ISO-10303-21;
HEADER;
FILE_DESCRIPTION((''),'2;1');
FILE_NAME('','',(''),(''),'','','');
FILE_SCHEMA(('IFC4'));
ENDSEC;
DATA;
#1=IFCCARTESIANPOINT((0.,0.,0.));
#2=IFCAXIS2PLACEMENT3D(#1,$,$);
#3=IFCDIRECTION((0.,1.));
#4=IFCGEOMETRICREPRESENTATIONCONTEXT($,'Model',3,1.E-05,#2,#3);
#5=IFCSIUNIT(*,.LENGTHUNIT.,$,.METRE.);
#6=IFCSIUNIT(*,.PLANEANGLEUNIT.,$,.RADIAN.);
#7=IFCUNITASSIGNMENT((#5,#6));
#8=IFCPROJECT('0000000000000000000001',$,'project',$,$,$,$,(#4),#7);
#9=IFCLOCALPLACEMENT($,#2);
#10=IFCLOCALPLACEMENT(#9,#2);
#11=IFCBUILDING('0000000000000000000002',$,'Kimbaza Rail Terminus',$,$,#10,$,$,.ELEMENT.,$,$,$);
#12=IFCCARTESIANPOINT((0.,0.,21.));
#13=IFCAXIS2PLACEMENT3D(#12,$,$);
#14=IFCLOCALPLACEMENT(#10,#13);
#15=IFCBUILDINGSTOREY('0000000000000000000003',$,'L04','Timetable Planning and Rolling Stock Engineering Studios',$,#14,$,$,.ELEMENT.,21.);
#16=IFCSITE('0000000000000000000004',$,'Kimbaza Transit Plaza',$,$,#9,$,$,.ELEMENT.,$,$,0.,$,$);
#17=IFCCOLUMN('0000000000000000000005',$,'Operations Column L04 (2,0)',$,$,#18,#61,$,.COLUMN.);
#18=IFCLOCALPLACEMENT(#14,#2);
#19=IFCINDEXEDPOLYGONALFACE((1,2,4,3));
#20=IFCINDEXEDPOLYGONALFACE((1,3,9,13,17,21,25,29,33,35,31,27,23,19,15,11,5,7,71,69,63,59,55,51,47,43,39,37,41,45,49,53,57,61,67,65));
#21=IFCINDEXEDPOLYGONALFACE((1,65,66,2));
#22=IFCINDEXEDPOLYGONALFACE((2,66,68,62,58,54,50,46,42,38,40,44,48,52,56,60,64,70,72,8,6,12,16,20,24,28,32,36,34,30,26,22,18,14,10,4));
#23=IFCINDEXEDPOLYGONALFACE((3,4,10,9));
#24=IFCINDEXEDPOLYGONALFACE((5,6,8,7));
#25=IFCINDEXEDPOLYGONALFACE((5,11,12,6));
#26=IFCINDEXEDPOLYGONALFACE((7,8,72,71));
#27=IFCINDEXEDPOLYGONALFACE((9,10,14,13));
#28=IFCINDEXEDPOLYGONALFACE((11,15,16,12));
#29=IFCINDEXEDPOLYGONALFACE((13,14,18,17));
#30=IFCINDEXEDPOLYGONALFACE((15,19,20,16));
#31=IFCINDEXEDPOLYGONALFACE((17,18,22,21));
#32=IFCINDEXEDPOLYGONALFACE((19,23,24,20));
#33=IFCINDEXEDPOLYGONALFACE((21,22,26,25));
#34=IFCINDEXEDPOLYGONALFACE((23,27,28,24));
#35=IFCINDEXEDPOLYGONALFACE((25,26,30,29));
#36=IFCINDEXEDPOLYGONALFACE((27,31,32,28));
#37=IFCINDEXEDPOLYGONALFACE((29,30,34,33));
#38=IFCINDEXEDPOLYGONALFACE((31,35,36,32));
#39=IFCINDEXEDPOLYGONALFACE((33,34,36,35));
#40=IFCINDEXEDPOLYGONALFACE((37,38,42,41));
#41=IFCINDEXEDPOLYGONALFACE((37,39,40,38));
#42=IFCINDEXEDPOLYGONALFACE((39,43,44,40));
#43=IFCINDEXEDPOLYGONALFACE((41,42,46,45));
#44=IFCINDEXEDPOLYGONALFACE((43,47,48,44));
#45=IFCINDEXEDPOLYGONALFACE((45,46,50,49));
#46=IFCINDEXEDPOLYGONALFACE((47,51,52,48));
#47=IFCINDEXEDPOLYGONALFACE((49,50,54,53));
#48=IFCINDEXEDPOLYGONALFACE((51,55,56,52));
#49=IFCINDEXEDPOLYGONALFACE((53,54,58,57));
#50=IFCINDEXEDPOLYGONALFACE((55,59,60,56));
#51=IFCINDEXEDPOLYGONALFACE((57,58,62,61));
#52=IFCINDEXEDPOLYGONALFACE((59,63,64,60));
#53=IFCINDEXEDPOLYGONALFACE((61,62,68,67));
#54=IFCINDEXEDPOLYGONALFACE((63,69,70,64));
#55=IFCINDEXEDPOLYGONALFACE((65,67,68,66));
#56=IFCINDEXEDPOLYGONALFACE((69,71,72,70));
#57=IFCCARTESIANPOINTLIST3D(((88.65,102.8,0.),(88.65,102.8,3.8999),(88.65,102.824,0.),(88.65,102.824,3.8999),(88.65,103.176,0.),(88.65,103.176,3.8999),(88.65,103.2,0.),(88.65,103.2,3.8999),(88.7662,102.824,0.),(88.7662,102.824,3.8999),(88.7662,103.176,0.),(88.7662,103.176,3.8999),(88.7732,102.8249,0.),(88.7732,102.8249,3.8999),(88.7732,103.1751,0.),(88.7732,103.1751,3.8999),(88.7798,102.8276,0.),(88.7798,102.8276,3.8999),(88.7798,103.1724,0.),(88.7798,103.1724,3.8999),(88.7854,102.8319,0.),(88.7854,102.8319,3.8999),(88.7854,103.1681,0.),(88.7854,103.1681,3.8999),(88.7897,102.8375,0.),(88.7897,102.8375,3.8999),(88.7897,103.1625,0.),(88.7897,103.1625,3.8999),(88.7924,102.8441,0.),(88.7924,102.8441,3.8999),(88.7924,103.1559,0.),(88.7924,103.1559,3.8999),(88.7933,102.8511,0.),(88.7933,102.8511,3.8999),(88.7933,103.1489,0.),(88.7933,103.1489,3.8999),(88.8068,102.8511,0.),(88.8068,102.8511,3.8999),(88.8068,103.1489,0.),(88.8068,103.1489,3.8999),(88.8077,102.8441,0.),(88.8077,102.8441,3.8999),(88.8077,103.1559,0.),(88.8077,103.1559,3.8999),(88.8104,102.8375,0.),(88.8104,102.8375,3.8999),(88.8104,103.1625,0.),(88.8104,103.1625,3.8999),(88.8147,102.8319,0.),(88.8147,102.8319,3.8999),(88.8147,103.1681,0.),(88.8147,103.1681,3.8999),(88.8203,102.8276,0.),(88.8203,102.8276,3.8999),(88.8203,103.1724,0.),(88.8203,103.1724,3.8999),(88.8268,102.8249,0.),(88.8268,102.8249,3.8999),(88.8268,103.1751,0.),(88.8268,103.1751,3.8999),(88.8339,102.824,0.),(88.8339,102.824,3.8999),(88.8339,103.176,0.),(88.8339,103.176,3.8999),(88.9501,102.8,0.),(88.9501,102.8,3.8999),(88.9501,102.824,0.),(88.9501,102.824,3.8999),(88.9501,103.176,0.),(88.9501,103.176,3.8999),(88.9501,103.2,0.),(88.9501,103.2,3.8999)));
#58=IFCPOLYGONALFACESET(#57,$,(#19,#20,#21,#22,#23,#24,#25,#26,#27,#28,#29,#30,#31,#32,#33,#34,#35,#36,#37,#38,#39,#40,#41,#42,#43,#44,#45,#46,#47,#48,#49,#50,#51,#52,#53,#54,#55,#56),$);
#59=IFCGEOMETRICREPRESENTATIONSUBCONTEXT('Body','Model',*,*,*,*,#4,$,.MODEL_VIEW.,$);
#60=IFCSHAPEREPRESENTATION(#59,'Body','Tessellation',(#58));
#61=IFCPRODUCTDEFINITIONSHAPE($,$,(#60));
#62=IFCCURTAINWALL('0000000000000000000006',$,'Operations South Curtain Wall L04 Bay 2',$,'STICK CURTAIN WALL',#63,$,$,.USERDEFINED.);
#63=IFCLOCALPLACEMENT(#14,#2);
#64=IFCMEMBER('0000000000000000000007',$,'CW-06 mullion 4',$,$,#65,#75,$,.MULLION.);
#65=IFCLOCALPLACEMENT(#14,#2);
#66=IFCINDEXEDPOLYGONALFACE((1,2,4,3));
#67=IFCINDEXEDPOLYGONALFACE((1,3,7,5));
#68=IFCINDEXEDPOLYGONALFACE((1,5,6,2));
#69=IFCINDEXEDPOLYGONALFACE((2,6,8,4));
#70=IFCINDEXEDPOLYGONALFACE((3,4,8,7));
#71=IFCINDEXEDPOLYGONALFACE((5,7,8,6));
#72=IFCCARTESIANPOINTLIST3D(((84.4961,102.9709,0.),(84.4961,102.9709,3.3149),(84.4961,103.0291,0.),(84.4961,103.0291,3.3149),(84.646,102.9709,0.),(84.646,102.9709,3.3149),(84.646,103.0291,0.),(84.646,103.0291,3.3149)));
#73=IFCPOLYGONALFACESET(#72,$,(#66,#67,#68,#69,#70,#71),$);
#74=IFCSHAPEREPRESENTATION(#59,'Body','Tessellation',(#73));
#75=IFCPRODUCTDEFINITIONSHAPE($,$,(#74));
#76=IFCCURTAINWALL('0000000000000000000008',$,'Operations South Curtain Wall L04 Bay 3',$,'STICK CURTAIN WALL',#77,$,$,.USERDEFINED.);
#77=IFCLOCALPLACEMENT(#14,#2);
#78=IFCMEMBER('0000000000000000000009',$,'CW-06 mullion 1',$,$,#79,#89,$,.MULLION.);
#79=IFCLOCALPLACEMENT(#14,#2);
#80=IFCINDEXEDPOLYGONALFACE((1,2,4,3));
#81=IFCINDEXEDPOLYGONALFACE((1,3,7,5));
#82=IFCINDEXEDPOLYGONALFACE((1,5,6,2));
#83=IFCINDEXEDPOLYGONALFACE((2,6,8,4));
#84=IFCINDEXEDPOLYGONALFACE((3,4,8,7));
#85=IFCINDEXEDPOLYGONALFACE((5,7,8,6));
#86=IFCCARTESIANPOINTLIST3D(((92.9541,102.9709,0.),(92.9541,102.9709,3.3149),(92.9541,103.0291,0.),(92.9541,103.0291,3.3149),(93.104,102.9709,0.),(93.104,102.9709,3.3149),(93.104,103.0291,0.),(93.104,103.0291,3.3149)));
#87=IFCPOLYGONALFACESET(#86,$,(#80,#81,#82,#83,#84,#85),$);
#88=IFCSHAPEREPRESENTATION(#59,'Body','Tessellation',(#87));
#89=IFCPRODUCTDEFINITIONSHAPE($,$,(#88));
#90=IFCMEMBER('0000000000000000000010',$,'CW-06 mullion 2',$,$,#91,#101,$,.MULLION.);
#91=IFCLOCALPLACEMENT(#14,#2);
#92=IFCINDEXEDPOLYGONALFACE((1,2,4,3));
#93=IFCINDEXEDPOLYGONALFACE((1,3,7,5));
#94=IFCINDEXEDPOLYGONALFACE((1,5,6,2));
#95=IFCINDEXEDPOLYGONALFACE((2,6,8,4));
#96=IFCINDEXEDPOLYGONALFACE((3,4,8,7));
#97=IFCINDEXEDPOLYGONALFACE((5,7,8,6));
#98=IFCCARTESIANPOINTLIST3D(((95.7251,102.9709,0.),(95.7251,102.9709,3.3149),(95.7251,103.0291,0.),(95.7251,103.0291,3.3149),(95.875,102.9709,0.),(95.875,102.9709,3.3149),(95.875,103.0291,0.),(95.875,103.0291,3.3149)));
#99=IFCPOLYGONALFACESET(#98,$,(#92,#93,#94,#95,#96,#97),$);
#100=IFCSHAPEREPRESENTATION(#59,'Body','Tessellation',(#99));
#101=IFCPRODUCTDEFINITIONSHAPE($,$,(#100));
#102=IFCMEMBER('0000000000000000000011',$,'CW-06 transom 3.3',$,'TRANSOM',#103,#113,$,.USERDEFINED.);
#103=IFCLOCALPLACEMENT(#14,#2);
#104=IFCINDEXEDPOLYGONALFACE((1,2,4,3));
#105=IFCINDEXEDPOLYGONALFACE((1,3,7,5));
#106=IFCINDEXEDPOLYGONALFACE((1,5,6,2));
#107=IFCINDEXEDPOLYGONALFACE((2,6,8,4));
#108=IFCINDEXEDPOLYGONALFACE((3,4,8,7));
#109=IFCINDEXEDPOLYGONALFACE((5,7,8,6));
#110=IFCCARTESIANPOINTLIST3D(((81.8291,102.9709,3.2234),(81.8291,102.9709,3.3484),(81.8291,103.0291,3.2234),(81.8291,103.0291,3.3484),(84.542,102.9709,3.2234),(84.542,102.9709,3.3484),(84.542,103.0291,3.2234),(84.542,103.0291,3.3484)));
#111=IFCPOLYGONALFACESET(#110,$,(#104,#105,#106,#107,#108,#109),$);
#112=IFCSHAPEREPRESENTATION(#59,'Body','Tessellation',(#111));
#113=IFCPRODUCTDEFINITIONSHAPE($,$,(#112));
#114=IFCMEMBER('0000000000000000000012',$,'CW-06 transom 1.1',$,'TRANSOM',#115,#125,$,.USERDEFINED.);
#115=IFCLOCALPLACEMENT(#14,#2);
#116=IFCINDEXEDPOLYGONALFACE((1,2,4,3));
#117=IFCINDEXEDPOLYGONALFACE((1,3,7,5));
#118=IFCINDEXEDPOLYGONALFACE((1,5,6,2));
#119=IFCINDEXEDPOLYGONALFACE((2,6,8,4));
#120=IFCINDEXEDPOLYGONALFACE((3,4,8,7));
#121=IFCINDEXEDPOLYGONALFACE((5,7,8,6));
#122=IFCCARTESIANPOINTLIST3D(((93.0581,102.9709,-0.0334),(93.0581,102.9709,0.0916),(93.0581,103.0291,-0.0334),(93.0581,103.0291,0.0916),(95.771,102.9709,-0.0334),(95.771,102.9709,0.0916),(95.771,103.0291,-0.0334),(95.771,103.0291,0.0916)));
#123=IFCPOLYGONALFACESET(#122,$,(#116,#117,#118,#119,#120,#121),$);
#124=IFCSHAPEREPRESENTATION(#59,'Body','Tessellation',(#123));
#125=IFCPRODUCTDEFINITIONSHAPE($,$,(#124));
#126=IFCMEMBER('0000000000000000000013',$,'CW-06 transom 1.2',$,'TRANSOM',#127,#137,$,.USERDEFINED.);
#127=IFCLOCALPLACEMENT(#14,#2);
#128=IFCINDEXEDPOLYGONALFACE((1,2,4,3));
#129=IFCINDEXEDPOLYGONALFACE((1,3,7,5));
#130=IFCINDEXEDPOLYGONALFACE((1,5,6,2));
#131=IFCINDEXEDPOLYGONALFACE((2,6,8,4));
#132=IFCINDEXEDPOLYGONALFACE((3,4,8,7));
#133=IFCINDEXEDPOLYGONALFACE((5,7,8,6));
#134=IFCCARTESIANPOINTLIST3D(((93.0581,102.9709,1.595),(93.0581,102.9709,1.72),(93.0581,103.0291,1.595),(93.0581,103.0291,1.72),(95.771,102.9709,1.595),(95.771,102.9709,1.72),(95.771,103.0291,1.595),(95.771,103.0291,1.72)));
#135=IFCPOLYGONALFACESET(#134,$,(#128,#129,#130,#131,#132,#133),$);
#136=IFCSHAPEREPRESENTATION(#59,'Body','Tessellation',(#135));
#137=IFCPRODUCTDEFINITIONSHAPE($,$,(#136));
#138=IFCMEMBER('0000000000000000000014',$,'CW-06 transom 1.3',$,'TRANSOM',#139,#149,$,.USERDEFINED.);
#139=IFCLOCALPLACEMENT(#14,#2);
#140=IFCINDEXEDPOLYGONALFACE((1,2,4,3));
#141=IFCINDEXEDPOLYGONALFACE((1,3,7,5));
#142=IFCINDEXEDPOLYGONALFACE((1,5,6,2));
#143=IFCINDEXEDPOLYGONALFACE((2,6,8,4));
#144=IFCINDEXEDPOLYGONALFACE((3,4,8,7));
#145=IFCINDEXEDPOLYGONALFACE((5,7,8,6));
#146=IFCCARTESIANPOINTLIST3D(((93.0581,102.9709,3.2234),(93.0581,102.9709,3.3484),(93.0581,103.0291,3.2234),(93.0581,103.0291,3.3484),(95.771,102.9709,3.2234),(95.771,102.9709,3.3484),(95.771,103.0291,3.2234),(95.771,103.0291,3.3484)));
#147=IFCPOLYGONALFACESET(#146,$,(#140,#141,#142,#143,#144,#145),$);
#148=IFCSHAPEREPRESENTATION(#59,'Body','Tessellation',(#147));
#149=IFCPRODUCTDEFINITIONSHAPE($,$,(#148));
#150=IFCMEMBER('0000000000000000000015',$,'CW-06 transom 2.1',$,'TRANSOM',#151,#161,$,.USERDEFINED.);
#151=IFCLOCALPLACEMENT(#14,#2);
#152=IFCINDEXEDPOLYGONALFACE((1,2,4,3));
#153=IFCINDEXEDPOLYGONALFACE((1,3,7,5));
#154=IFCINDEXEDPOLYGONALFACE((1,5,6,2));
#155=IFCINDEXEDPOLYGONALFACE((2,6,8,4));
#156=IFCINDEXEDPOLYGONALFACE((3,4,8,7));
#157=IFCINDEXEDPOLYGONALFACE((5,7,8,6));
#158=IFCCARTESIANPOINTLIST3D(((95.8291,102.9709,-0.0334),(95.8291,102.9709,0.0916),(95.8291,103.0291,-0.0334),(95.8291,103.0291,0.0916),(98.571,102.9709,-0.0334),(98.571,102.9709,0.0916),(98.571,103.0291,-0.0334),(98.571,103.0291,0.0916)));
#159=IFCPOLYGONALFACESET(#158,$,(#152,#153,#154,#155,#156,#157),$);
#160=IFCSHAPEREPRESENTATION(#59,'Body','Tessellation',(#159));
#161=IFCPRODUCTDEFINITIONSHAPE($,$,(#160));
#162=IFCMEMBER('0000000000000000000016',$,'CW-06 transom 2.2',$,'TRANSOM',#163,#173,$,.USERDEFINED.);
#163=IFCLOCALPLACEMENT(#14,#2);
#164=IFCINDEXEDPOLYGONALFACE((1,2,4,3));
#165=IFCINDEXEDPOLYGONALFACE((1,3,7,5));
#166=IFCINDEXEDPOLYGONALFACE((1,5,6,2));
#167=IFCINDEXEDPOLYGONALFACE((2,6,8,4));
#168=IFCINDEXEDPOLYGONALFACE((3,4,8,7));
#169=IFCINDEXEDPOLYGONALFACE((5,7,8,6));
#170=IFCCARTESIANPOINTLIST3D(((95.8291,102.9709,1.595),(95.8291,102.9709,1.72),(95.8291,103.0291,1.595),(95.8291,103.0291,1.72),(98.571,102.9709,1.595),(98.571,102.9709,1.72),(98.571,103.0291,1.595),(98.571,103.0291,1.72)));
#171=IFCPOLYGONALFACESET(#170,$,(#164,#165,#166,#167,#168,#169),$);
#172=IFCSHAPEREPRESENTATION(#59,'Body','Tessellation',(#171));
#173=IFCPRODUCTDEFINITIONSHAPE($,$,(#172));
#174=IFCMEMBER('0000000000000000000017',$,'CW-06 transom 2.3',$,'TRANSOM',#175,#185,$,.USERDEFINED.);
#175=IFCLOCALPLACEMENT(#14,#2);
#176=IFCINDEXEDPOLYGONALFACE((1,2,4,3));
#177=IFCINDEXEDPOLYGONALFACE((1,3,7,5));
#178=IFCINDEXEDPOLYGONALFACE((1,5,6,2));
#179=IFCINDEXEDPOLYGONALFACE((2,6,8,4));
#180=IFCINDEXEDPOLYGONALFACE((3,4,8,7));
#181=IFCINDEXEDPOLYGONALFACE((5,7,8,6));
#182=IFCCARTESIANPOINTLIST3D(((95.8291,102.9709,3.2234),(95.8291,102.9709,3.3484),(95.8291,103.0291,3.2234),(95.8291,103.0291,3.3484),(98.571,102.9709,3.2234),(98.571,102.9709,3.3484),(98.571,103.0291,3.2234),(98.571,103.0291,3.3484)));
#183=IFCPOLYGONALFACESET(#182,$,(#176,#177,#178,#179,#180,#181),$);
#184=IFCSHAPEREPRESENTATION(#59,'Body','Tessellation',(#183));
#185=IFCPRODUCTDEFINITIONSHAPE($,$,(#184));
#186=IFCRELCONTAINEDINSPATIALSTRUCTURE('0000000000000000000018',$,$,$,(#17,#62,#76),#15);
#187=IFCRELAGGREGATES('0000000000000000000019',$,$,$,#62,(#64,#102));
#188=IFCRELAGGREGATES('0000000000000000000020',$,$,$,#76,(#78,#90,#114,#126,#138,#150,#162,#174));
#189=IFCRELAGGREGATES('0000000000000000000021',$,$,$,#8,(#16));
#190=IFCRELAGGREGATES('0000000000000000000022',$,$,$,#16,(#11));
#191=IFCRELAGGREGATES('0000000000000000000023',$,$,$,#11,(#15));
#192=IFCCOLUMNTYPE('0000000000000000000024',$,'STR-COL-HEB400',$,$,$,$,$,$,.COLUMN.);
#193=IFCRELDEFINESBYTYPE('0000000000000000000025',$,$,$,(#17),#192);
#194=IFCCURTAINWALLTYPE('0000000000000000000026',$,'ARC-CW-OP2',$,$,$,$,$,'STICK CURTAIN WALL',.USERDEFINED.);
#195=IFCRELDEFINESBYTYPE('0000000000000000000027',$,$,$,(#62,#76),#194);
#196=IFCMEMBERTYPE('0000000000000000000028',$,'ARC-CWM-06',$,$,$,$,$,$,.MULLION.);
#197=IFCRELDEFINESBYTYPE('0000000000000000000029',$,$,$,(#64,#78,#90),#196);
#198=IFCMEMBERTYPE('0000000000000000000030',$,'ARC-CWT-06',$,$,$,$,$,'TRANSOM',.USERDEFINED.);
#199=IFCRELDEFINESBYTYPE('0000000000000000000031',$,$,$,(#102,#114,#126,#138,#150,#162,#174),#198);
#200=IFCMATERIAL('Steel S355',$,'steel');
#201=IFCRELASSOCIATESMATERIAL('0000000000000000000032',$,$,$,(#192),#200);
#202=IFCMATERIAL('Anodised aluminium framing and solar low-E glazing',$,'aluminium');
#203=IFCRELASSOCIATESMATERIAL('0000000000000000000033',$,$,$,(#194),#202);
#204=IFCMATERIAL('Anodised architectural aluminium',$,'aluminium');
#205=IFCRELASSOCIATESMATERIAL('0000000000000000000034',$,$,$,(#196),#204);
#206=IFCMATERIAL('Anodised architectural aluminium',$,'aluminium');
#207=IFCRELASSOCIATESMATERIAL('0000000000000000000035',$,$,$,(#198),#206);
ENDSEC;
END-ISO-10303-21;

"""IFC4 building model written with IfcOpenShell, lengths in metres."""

from ifc_helpers import new_model, si_unit, direction, frame, origin, origin_2d, place, context, subcontext, project, spatial, rectangle, i_section, extrude, material, material_profile, profile_set, type_object, element, aggregate, save


model = new_model("IFC4")

# Units and contexts
model_context = context("Model", 3, precision=1e-05, world=origin(), true_north=direction((0.0, 1.0)))
body_context = subcontext(model_context, "Body", "Model", "MODEL_VIEW")
ifc_project = project(units=[si_unit("LENGTHUNIT", "METRE"), si_unit("PLANEANGLEUNIT", "RADIAN")], contexts=[model_context])

# Site, building, storey
site_placement = place(None, origin())
site = spatial("IfcSite", under=ifc_project, at=site_placement, Name="Kimbaza Transit Plaza", CompositionType="ELEMENT", RefElevation=0.0)
building_placement = place(site_placement, origin())
building = spatial("IfcBuilding", under=site, at=building_placement, Name="Kimbaza Rail Terminus", CompositionType="ELEMENT")
storey_placement = place(building_placement, frame((0.0, 0.0, 21.0)))
storey = spatial("IfcBuildingStorey", under=building, at=storey_placement, Name="L04", Description="Timetable Planning and Rolling Stock Engineering Studios", CompositionType="ELEMENT", Elevation=21.0)

# Column
ifc_material_1 = material(Name="Steel S355", Category="steel")
ifc_material_profile_1 = material_profile(ifc_material_1, i_section(OverallWidth=0.3, OverallDepth=0.3999, WebThickness=0.0134, FlangeThickness=0.0239, FilletRadius=0.0271, at=origin_2d()), Name="HEB 400")
ifc_profile_set_1 = profile_set([ifc_material_profile_1], Name="Steel S355")
column_type = type_object("IfcColumnType", Name="STR-COL-HEB400", PredefinedType="COLUMN", material=ifc_profile_set_1)
column_placement = place(storey_placement, frame((88.8, 103.0, 0.0), z_axis=(0.0, 0.0, 1.0), x_axis=(1.0, 0.0, 0.0)))
element("IfcColumn", 1, at=column_placement, inside=storey, type_object=column_type, Name="Operations Column L04 (2,0)", PredefinedType="COLUMN", context=body_context, shape_type="SweptSolid", body=[
    extrude(i_section(OverallWidth=0.3, OverallDepth=0.3999, WebThickness=0.0134, FlangeThickness=0.0239, FilletRadius=0.0271, at=origin_2d()), origin(), (0.0, 0.0, 1.0), 3.8999),
])

# Curtain wall, member
ifc_material_2 = material(Name="Anodised aluminium framing and solar low-E glazing", Category="aluminium")
curtain_wall_type = type_object("IfcCurtainWallType", Name="ARC-CW-OP2", ElementType="STICK CURTAIN WALL", PredefinedType="USERDEFINED", material=ifc_material_2)
curtain_wall_1_placement = place(storey_placement, origin())
curtain_wall_1 = element("IfcCurtainWall", 2, at=curtain_wall_1_placement, inside=storey, type_object=curtain_wall_type, Name="Operations South Curtain Wall L04 Bay 2", ObjectType="STICK CURTAIN WALL", PredefinedType="USERDEFINED")
ifc_material_3 = material(Name="Anodised architectural aluminium", Category="aluminium")
ifc_material_profile_2 = material_profile(ifc_material_3, rectangle(XDim=0.0581, YDim=0.1499, at=origin_2d()), Name="MULLION 58x150")
ifc_profile_set_2 = profile_set([ifc_material_profile_2], Name="Anodised architectural aluminium")
member_type_1 = type_object("IfcMemberType", Name="ARC-CWM-06", PredefinedType="MULLION", material=ifc_profile_set_2)
member_1_placement = place(storey_placement, frame((84.571, 103.0, 0.0), z_axis=(0.0, 0.0, 1.0), x_axis=(0.0, 1.0, 0.0)))
member_1 = element("IfcMember", 3, at=member_1_placement, type_object=member_type_1, Name="CW-06 mullion 4", PredefinedType="MULLION", context=body_context, shape_type="SweptSolid", body=[
    extrude(rectangle(XDim=0.0581, YDim=0.1499, at=origin_2d()), origin(), (0.0, 0.0, 1.0), 3.3149),
])

# Curtain wall, members
curtain_wall_2_placement = place(storey_placement, origin())
curtain_wall_2 = element("IfcCurtainWall", 4, at=curtain_wall_2_placement, inside=storey, type_object=curtain_wall_type, Name="Operations South Curtain Wall L04 Bay 3", ObjectType="STICK CURTAIN WALL", PredefinedType="USERDEFINED")
member_2_placement = place(storey_placement, frame((93.0291, 103.0, 0.0), z_axis=(0.0, 0.0, 1.0), x_axis=(0.0, 1.0, 0.0)))
member_2 = element("IfcMember", 5, at=member_2_placement, type_object=member_type_1, Name="CW-06 mullion 1", PredefinedType="MULLION", context=body_context, shape_type="SweptSolid", body=[
    extrude(rectangle(XDim=0.0581, YDim=0.1499, at=origin_2d()), origin(), (0.0, 0.0, 1.0), 3.3149),
])
member_3_placement = place(storey_placement, frame((95.8, 103.0, 0.0), z_axis=(0.0, 0.0, 1.0), x_axis=(0.0, 1.0, 0.0)))
member_3 = element("IfcMember", 6, at=member_3_placement, type_object=member_type_1, Name="CW-06 mullion 2", PredefinedType="MULLION", context=body_context, shape_type="SweptSolid", body=[
    extrude(rectangle(XDim=0.0581, YDim=0.1499, at=origin_2d()), origin(), (0.0, 0.0, 1.0), 3.3149),
])

# Members
ifc_material_4 = material(Name="Anodised architectural aluminium", Category="aluminium")
ifc_material_profile_3 = material_profile(ifc_material_4, rectangle(XDim=0.0581, YDim=0.125, at=origin_2d()), Name="TRANSOM 58x125")
ifc_profile_set_3 = profile_set([ifc_material_profile_3], Name="Anodised architectural aluminium")
member_type_2 = type_object("IfcMemberType", Name="ARC-CWT-06", ElementType="TRANSOM", PredefinedType="USERDEFINED", material=ifc_profile_set_3)
member_4_placement = place(storey_placement, frame((81.8291, 103.0, 3.2859), z_axis=(1.0, 0.0, 0.0), x_axis=(0.0, 1.0, 0.0)))
member_4 = element("IfcMember", 7, at=member_4_placement, type_object=member_type_2, Name="CW-06 transom 3.3", ObjectType="TRANSOM", PredefinedType="USERDEFINED", context=body_context, shape_type="SweptSolid", body=[
    extrude(rectangle(XDim=0.0581, YDim=0.125, at=origin_2d()), origin(), (0.0, 0.0, 1.0), 2.7129),
])
member_5_placement = place(storey_placement, frame((93.0581, 103.0, 0.0291), z_axis=(1.0, 0.0, 0.0), x_axis=(0.0, 1.0, 0.0)))
member_5 = element("IfcMember", 8, at=member_5_placement, type_object=member_type_2, Name="CW-06 transom 1.1", ObjectType="TRANSOM", PredefinedType="USERDEFINED", context=body_context, shape_type="SweptSolid", body=[
    extrude(rectangle(XDim=0.0581, YDim=0.125, at=origin_2d()), origin(), (0.0, 0.0, 1.0), 2.7129),
])
member_6_placement = place(storey_placement, frame((93.0581, 103.0, 1.6575), z_axis=(1.0, 0.0, 0.0), x_axis=(0.0, 1.0, 0.0)))
member_6 = element("IfcMember", 9, at=member_6_placement, type_object=member_type_2, Name="CW-06 transom 1.2", ObjectType="TRANSOM", PredefinedType="USERDEFINED", context=body_context, shape_type="SweptSolid", body=[
    extrude(rectangle(XDim=0.0581, YDim=0.125, at=origin_2d()), origin(), (0.0, 0.0, 1.0), 2.7129),
])
member_7_placement = place(storey_placement, frame((93.0581, 103.0, 3.2859), z_axis=(1.0, 0.0, 0.0), x_axis=(0.0, 1.0, 0.0)))
member_7 = element("IfcMember", 10, at=member_7_placement, type_object=member_type_2, Name="CW-06 transom 1.3", ObjectType="TRANSOM", PredefinedType="USERDEFINED", context=body_context, shape_type="SweptSolid", body=[
    extrude(rectangle(XDim=0.0581, YDim=0.125, at=origin_2d()), origin(), (0.0, 0.0, 1.0), 2.7129),
])
member_8_placement = place(storey_placement, frame((95.8291, 103.0, 0.0291), z_axis=(1.0, 0.0, 0.0), x_axis=(0.0, 1.0, 0.0)))
member_8 = element("IfcMember", 11, at=member_8_placement, type_object=member_type_2, Name="CW-06 transom 2.1", ObjectType="TRANSOM", PredefinedType="USERDEFINED", context=body_context, shape_type="SweptSolid", body=[
    extrude(rectangle(XDim=0.0581, YDim=0.125, at=origin_2d()), origin(), (0.0, 0.0, 1.0), 2.7419),
])
member_9_placement = place(storey_placement, frame((95.8291, 103.0, 1.6575), z_axis=(1.0, 0.0, 0.0), x_axis=(0.0, 1.0, 0.0)))
member_9 = element("IfcMember", 12, at=member_9_placement, type_object=member_type_2, Name="CW-06 transom 2.2", ObjectType="TRANSOM", PredefinedType="USERDEFINED", context=body_context, shape_type="SweptSolid", body=[
    extrude(rectangle(XDim=0.0581, YDim=0.125, at=origin_2d()), origin(), (0.0, 0.0, 1.0), 2.7419),
])
member_10_placement = place(storey_placement, frame((95.8291, 103.0, 3.2859), z_axis=(1.0, 0.0, 0.0), x_axis=(0.0, 1.0, 0.0)))
member_10 = element("IfcMember", 13, at=member_10_placement, type_object=member_type_2, Name="CW-06 transom 2.3", ObjectType="TRANSOM", PredefinedType="USERDEFINED", context=body_context, shape_type="SweptSolid", body=[
    extrude(rectangle(XDim=0.0581, YDim=0.125, at=origin_2d()), origin(), (0.0, 0.0, 1.0), 2.7419),
])

aggregate(curtain_wall_1, [member_1, member_4])
aggregate(curtain_wall_2, [member_2, member_3, member_5, member_6, member_7, member_8, member_9, member_10])

save(model, "model.ifc")
